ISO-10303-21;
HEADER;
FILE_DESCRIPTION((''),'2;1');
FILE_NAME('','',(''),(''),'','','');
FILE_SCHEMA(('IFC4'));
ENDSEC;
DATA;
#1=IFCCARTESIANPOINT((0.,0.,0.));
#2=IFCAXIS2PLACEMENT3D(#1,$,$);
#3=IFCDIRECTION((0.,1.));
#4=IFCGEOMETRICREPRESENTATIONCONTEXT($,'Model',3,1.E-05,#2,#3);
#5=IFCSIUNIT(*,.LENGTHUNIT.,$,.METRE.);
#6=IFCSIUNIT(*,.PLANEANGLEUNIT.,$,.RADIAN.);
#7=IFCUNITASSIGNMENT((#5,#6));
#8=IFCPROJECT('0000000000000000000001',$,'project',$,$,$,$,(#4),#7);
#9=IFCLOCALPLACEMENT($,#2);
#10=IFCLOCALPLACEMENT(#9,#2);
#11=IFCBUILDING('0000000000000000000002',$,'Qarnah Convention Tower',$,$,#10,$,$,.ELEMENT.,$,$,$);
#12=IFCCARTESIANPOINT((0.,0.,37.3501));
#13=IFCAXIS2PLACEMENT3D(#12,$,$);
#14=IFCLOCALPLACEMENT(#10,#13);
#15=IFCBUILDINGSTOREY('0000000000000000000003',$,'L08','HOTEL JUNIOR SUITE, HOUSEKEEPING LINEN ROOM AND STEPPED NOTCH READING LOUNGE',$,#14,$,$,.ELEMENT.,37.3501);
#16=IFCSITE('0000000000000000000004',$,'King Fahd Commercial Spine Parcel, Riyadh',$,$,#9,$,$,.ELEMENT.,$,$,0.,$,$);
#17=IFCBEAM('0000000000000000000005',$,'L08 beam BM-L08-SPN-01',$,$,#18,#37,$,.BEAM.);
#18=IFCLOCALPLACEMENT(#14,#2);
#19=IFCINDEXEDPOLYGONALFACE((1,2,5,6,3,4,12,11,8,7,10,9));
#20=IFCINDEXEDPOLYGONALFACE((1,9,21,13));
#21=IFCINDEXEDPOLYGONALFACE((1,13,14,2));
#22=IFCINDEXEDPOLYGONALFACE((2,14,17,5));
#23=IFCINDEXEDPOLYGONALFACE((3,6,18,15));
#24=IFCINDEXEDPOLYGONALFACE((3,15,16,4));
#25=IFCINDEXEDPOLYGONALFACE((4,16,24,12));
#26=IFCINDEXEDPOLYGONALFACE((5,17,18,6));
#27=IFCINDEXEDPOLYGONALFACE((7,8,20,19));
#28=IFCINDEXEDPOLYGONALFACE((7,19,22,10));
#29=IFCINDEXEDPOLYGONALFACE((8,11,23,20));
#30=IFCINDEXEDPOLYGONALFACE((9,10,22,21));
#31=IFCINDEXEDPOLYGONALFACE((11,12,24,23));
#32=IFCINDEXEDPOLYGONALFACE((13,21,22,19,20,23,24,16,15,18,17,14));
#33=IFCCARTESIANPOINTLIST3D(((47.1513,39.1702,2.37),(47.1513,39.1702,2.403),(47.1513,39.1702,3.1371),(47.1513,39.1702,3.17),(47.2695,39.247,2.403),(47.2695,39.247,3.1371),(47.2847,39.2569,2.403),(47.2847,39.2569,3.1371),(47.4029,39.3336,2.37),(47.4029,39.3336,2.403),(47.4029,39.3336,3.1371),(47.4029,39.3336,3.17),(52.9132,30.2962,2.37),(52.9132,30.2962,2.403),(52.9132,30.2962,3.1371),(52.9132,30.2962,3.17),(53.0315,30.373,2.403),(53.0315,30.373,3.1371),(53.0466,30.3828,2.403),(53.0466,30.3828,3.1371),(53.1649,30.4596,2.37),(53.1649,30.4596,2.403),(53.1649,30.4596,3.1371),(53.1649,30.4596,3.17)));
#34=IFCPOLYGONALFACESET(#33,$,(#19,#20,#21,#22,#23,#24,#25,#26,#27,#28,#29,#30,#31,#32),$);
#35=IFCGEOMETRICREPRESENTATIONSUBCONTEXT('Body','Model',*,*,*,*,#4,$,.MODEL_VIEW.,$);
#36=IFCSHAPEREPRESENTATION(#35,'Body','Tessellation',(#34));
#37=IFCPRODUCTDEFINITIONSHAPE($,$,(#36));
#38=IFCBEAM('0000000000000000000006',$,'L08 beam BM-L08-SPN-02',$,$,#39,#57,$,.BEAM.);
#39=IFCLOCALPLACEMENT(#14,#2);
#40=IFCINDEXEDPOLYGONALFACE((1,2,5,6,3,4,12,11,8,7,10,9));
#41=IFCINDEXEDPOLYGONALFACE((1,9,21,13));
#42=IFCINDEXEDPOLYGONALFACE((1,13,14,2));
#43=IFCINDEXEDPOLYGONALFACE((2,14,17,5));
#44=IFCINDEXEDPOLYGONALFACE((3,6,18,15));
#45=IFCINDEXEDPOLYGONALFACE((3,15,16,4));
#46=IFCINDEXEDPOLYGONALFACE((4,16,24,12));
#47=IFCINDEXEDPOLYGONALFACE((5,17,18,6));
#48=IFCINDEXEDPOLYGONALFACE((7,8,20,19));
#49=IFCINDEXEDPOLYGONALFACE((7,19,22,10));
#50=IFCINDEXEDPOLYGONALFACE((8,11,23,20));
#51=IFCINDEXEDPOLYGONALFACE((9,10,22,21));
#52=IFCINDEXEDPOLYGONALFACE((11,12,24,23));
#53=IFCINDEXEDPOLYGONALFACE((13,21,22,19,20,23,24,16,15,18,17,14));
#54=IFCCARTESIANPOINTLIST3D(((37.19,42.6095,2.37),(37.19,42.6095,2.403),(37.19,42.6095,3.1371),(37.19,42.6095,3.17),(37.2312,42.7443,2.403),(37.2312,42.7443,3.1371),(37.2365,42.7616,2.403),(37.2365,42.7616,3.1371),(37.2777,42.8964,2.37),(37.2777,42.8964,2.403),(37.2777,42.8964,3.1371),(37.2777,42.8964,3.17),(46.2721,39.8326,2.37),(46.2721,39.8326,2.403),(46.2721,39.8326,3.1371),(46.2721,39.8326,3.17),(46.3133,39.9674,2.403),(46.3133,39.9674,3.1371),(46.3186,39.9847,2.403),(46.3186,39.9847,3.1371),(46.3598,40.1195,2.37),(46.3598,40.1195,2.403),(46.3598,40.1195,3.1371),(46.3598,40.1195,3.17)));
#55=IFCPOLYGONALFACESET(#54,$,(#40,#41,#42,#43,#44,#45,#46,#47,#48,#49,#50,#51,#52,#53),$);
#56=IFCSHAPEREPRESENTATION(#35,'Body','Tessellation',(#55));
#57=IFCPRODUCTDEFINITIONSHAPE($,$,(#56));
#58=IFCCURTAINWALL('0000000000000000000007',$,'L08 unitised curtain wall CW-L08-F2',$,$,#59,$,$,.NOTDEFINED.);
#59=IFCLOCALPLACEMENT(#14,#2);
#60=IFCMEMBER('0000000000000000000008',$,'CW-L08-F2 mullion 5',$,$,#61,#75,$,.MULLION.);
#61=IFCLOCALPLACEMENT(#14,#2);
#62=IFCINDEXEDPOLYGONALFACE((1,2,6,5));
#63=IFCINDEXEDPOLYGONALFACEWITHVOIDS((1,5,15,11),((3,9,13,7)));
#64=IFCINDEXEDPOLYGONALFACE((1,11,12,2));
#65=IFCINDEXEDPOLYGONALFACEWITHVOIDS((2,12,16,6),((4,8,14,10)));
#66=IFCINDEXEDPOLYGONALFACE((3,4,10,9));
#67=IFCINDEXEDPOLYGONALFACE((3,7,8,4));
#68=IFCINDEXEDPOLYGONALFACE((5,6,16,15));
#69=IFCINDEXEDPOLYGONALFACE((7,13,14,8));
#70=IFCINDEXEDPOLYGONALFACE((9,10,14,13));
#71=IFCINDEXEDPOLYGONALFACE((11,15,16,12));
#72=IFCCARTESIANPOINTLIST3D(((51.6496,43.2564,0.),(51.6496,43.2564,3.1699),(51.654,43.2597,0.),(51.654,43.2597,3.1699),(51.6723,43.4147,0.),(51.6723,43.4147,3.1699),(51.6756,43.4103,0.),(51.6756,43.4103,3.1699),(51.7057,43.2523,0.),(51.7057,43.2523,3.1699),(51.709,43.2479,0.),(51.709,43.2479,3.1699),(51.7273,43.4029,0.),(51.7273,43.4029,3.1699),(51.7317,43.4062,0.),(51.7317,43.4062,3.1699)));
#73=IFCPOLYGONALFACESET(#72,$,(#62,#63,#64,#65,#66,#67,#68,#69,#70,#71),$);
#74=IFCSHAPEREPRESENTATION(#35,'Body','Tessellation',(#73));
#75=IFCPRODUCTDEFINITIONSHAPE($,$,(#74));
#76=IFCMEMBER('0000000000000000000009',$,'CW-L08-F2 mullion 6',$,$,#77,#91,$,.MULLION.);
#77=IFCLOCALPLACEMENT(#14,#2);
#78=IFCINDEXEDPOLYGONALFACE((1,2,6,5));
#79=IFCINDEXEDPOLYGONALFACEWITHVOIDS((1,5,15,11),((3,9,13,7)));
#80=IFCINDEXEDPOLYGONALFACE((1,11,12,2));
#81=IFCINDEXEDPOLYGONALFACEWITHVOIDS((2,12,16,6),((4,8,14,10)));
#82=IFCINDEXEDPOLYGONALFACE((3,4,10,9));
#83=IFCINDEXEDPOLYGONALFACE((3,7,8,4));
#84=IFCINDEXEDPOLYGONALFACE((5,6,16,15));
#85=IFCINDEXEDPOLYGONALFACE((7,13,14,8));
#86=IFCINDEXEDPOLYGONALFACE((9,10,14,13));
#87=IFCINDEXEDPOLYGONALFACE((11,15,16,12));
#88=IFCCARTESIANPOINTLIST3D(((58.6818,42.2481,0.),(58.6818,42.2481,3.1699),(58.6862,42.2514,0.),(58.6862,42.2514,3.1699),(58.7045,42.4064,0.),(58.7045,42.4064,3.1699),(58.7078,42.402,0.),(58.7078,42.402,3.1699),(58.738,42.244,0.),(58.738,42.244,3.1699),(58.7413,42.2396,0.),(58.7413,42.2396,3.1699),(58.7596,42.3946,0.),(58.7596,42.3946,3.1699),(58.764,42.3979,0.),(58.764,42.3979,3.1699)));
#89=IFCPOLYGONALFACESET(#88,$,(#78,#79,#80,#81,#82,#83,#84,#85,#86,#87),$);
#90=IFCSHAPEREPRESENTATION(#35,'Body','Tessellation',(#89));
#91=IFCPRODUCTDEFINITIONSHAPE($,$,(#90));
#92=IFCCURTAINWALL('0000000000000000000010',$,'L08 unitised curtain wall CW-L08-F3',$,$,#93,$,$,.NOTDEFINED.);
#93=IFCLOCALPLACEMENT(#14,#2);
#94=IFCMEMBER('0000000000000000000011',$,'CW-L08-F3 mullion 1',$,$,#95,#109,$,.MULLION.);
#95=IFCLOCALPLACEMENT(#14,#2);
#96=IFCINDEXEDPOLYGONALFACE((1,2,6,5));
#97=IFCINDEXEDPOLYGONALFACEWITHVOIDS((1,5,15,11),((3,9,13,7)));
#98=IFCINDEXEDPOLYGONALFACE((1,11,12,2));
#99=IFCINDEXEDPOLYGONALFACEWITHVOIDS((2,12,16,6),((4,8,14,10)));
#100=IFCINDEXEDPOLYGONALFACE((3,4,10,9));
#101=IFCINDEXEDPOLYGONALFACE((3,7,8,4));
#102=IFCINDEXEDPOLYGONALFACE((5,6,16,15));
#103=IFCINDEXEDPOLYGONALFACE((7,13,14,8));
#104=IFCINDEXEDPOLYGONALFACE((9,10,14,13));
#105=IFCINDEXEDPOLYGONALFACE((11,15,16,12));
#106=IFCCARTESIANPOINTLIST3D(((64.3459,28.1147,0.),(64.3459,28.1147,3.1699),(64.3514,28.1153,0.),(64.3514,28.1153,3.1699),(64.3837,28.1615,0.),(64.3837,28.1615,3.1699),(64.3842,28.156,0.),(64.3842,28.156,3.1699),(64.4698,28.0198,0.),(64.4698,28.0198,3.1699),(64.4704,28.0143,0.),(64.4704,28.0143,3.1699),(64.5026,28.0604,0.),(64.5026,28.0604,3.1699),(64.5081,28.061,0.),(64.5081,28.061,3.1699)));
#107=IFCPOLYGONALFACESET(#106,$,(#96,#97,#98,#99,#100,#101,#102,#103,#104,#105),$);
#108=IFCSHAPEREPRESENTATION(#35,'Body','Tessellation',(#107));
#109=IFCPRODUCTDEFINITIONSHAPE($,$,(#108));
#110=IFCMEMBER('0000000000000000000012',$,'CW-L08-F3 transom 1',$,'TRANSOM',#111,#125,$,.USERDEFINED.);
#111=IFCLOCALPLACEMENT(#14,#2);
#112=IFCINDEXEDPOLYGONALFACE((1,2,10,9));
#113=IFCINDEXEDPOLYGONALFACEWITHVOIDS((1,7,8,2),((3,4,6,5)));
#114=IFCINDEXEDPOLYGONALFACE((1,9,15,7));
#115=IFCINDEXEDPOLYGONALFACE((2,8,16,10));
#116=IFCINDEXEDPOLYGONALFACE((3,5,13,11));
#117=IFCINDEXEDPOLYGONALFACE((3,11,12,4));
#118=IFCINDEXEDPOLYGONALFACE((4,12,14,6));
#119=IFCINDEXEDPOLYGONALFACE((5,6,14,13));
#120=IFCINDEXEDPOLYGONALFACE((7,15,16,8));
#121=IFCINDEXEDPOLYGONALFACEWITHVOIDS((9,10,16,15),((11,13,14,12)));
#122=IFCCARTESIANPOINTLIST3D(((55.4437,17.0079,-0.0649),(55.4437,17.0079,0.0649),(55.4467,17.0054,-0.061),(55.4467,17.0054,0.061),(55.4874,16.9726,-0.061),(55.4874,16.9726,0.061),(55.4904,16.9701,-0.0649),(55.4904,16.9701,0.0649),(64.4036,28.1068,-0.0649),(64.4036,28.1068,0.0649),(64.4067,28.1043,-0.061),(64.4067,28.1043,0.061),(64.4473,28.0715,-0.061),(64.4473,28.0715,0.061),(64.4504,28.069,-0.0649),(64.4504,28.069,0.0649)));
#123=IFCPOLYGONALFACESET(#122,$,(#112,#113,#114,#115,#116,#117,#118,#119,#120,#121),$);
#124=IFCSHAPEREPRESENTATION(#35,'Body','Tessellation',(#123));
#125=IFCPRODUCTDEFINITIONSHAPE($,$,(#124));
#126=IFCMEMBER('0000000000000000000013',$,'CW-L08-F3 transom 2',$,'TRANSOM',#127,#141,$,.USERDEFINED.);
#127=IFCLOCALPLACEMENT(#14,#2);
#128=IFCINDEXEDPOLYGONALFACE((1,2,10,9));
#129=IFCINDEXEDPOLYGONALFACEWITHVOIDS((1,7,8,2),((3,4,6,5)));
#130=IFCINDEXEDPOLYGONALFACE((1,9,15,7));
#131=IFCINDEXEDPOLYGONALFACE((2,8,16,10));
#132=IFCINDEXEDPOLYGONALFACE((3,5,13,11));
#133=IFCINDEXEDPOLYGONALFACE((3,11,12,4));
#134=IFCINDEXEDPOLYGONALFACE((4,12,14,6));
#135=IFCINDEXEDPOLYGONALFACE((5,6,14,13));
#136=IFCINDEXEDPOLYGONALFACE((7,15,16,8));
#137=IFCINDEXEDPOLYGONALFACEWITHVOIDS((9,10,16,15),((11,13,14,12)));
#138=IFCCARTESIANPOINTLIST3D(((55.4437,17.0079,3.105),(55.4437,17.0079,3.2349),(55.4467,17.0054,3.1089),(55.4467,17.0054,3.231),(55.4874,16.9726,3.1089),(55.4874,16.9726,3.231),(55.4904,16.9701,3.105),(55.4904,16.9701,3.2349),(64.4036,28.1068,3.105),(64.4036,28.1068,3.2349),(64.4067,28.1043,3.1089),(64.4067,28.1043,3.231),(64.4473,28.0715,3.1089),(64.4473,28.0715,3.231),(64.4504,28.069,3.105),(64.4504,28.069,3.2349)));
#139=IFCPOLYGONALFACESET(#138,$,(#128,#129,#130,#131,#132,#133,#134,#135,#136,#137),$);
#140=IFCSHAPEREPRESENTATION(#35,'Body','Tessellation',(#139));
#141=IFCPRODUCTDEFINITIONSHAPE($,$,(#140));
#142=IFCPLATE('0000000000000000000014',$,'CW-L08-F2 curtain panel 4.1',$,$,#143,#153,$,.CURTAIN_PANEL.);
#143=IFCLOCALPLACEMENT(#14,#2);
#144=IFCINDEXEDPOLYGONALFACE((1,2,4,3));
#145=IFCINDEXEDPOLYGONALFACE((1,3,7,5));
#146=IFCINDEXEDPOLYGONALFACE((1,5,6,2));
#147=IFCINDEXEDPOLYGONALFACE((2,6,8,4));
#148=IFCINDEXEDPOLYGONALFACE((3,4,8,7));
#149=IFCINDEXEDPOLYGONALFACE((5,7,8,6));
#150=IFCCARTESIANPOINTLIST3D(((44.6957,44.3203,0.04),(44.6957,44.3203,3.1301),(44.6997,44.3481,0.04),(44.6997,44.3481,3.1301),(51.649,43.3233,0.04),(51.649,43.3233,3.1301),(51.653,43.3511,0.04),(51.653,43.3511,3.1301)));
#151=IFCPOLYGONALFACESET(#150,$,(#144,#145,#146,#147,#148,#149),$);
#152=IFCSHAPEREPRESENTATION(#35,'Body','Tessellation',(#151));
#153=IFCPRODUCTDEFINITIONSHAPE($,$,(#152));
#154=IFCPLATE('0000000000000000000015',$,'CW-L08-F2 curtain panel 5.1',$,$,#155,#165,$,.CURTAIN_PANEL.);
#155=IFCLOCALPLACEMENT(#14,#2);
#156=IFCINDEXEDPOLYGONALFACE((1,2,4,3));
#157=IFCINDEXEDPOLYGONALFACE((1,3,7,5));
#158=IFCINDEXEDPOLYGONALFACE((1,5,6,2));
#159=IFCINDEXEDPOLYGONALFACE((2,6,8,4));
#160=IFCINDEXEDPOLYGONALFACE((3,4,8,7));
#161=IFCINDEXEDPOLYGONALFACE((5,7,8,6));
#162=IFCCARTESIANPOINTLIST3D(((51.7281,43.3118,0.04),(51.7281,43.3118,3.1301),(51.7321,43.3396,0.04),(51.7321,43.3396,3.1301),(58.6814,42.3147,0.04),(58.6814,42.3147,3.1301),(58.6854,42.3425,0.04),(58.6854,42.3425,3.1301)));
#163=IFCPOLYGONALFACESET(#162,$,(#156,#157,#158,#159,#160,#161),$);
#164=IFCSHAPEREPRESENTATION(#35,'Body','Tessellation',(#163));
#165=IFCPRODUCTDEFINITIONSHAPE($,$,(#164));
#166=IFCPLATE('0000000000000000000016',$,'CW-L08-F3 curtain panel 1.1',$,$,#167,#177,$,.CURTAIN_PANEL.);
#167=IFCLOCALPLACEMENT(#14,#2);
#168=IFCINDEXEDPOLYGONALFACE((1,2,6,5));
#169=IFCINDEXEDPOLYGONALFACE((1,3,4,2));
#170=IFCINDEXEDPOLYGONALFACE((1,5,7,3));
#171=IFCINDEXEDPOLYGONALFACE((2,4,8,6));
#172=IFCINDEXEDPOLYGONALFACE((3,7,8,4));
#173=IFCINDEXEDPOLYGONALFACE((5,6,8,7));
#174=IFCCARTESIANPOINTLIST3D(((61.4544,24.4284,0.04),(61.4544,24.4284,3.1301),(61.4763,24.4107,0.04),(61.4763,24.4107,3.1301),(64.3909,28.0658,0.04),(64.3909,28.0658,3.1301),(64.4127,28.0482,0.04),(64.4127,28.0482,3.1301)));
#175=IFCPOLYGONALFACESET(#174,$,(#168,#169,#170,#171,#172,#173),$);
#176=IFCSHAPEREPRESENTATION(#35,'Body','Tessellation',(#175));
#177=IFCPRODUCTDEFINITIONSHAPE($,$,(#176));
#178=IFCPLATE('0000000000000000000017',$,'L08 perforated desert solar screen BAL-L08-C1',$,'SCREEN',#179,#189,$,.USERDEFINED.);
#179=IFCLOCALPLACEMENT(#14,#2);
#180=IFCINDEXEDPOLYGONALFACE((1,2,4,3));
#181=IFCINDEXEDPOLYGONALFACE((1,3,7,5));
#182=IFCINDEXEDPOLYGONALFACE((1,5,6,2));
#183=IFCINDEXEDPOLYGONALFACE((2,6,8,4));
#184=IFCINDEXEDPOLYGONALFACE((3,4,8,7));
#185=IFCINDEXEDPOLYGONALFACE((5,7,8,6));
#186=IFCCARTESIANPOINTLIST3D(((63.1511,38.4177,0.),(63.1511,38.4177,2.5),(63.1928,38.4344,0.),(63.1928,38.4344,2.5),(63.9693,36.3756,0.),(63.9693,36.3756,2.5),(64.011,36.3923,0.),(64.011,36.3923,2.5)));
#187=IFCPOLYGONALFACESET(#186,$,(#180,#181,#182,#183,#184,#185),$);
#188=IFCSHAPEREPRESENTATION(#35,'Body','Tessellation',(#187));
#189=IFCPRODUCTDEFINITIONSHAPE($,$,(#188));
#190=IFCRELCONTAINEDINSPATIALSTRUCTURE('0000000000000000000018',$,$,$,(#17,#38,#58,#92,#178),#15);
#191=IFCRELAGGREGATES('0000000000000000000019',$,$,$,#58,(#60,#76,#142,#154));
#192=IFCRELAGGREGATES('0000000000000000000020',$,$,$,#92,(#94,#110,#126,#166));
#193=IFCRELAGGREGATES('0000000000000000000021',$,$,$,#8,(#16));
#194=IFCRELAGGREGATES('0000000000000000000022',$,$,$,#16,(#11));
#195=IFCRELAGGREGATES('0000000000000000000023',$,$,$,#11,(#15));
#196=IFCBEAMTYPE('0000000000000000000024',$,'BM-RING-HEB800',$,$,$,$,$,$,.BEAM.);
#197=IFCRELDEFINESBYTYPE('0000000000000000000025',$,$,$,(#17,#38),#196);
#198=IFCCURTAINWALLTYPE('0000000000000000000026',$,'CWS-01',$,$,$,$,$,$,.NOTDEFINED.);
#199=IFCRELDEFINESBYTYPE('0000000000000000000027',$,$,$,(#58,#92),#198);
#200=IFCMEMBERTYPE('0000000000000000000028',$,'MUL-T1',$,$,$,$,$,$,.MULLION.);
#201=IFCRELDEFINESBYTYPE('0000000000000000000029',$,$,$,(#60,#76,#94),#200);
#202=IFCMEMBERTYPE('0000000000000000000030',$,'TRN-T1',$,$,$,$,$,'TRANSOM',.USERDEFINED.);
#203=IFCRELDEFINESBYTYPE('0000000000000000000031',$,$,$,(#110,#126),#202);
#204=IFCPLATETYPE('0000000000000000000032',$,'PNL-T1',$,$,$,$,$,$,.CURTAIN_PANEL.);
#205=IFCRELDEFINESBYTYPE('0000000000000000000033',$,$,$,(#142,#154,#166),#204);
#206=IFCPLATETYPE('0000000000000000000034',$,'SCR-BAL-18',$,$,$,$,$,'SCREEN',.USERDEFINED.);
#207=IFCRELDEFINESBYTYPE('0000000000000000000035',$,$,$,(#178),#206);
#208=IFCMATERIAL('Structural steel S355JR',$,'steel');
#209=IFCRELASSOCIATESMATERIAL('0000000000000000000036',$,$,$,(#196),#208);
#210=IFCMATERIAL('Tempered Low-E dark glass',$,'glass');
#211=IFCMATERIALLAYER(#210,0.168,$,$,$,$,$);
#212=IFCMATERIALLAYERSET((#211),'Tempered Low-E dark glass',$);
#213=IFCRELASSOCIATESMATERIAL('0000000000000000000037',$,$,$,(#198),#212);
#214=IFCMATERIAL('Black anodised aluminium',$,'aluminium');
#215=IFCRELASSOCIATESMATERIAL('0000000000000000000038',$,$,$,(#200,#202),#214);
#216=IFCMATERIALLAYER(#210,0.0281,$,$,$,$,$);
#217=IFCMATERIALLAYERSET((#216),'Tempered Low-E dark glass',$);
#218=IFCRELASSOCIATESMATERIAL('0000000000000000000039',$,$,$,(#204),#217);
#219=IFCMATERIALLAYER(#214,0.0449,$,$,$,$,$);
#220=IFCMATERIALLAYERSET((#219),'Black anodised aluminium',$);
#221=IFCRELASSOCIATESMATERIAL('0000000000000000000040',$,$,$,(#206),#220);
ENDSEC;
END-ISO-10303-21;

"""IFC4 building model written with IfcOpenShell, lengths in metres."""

from ifc_helpers import new_model, si_unit, direction, frame, origin, origin_2d, place, context, subcontext, project, spatial, rectangle, hollow_rectangle, i_section, extrude, material, layer, layer_set, material_profile, profile_set, type_object, element, aggregate, save


model = new_model("IFC4")

# Units and contexts
model_context = context("Model", 3, precision=1e-05, world=origin(), true_north=direction((0.0, 1.0)))
body_context = subcontext(model_context, "Body", "Model", "MODEL_VIEW")
ifc_project = project(units=[si_unit("LENGTHUNIT", "METRE"), si_unit("PLANEANGLEUNIT", "RADIAN")], contexts=[model_context])

# Site, building, storey
site_placement = place(None, origin())
site = spatial("IfcSite", under=ifc_project, at=site_placement, Name="King Fahd Commercial Spine Parcel, Riyadh", CompositionType="ELEMENT", RefElevation=0.0)
building_placement = place(site_placement, origin())
building = spatial("IfcBuilding", under=site, at=building_placement, Name="Qarnah Convention Tower", CompositionType="ELEMENT")
storey_placement = place(building_placement, frame((0.0, 0.0, 37.3501)))
storey = spatial("IfcBuildingStorey", under=building, at=storey_placement, Name="L08", Description="HOTEL JUNIOR SUITE, HOUSEKEEPING LINEN ROOM AND STEPPED NOTCH READING LOUNGE", CompositionType="ELEMENT", Elevation=37.3501)

# Beams
ifc_material_1 = material(Name="Structural steel S355JR", Category="steel")
ifc_material_profile_1 = material_profile(ifc_material_1, i_section(OverallWidth=0.3, OverallDepth=0.8, WebThickness=0.0181, FlangeThickness=0.033, at=origin_2d()), Name="HEB800")
ifc_profile_set_1 = profile_set([ifc_material_profile_1], Name="Structural steel S355JR")
beam_type_1 = type_object("IfcBeamType", Name="BM-RING-HEB800", PredefinedType="BEAM", material=ifc_profile_set_1)
beam_1_placement = place(storey_placement, frame((53.0391, 30.3779, 2.77), z_axis=(-0.54458, 0.838709, 0.0), x_axis=(-0.838709, -0.54458, 0.0)))
element("IfcBeam", 1, at=beam_1_placement, inside=storey, type_object=beam_type_1, Name="L08 beam BM-L08-SPN-01", PredefinedType="BEAM", context=body_context, shape_type="SweptSolid", body=[
    extrude(i_section(OverallWidth=0.3, OverallDepth=0.8, WebThickness=0.0181, FlangeThickness=0.033, at=origin_2d()), origin(), (0.0, 0.0, 1.0), 10.5806),
])
beam_2_placement = place(storey_placement, frame((46.3159, 39.9761, 2.77), z_axis=(-0.956299, 0.292391, 0.0), x_axis=(-0.292391, -0.956299, 0.0)))
element("IfcBeam", 2, at=beam_2_placement, inside=storey, type_object=beam_type_1, Name="L08 beam BM-L08-SPN-02", PredefinedType="BEAM", context=body_context, shape_type="SweptSolid", body=[
    extrude(i_section(OverallWidth=0.3, OverallDepth=0.8, WebThickness=0.0181, FlangeThickness=0.033, at=origin_2d()), origin(), (0.0, 0.0, 1.0), 9.4971),
])

# Curtain walls, members
ifc_material_2 = material(Name="Tempered Low-E dark glass", Category="glass")
ifc_layer_1 = layer(ifc_material_2, 0.168)
ifc_layer_set_1 = layer_set([ifc_layer_1], Name="Tempered Low-E dark glass")
curtain_wall_type = type_object("IfcCurtainWallType", Name="CWS-01", PredefinedType="NOTDEFINED", material=ifc_layer_set_1)
curtain_wall_1_placement = place(storey_placement, origin())
curtain_wall_1 = element("IfcCurtainWall", 3, at=curtain_wall_1_placement, inside=storey, type_object=curtain_wall_type, Name="L08 unitised curtain wall CW-L08-F2", PredefinedType="NOTDEFINED")
ifc_material_3 = material(Name="Black anodised aluminium", Category="aluminium")
ifc_material_profile_2 = material_profile(ifc_material_3, hollow_rectangle(XDim=0.0601, YDim=0.1599, WallThickness=0.0039, at=origin_2d()), Name="MUL-60X160")
ifc_profile_set_2 = profile_set([ifc_material_profile_2], Name="Black anodised aluminium")
member_type_1 = type_object("IfcMemberType", Name="MUL-T1", PredefinedType="MULLION", material=ifc_profile_set_2)
member_1_placement = place(storey_placement, frame((51.6907, 43.3313, 0.0), z_axis=(0.0, 0.0, 1.0), x_axis=(0.989875, -0.141942, 0.0)))
member_1 = element("IfcMember", 4, at=member_1_placement, type_object=member_type_1, Name="CW-L08-F2 mullion 5", PredefinedType="MULLION", context=body_context, shape_type="SweptSolid", body=[
    extrude(hollow_rectangle(XDim=0.0601, YDim=0.1599, WallThickness=0.0039, at=origin_2d()), origin(), (0.0, 0.0, 1.0), 3.1699),
])
member_2_placement = place(storey_placement, frame((58.7229, 42.323, 0.0), z_axis=(0.0, 0.0, 1.0), x_axis=(0.989875, -0.141942, 0.0)))
member_2 = element("IfcMember", 5, at=member_2_placement, type_object=member_type_1, Name="CW-L08-F2 mullion 6", PredefinedType="MULLION", context=body_context, shape_type="SweptSolid", body=[
    extrude(hollow_rectangle(XDim=0.0601, YDim=0.1599, WallThickness=0.0039, at=origin_2d()), origin(), (0.0, 0.0, 1.0), 3.1699),
])
curtain_wall_2_placement = place(storey_placement, origin())
curtain_wall_2 = element("IfcCurtainWall", 6, at=curtain_wall_2_placement, inside=storey, type_object=curtain_wall_type, Name="L08 unitised curtain wall CW-L08-F3", PredefinedType="NOTDEFINED")
member_3_placement = place(storey_placement, frame((64.427, 28.0879, 0.0), z_axis=(0.0, 0.0, 1.0), x_axis=(-0.628143, -0.778098, 0.0)))
member_3 = element("IfcMember", 7, at=member_3_placement, type_object=member_type_1, Name="CW-L08-F3 mullion 1", PredefinedType="MULLION", context=body_context, shape_type="SweptSolid", body=[
    extrude(hollow_rectangle(XDim=0.0601, YDim=0.1599, WallThickness=0.0039, at=origin_2d()), origin(), (0.0, 0.0, 1.0), 3.1699),
])
ifc_material_profile_3 = material_profile(ifc_material_3, hollow_rectangle(XDim=0.0601, YDim=0.1299, WallThickness=0.0039, at=origin_2d()), Name="TRN-60X130")
ifc_profile_set_3 = profile_set([ifc_material_profile_3], Name="Black anodised aluminium")
member_type_2 = type_object("IfcMemberType", Name="TRN-T1", ElementType="TRANSOM", PredefinedType="USERDEFINED", material=ifc_profile_set_3)
member_4_placement = place(storey_placement, frame((64.427, 28.0879, 0.0), z_axis=(-0.628145, -0.778096, 0.0), x_axis=(0.778096, -0.628145, 0.0)))
member_4 = element("IfcMember", 8, at=member_4_placement, type_object=member_type_2, Name="CW-L08-F3 transom 1", ObjectType="TRANSOM", PredefinedType="USERDEFINED", context=body_context, shape_type="SweptSolid", body=[
    extrude(hollow_rectangle(XDim=0.0601, YDim=0.1299, WallThickness=0.0039, at=origin_2d()), origin(), (0.0, 0.0, 1.0), 14.2642),
])
member_5_placement = place(storey_placement, frame((64.427, 28.0879, 3.1699), z_axis=(-0.628145, -0.778096, 0.0), x_axis=(0.778096, -0.628145, 0.0)))
member_5 = element("IfcMember", 9, at=member_5_placement, type_object=member_type_2, Name="CW-L08-F3 transom 2", ObjectType="TRANSOM", PredefinedType="USERDEFINED", context=body_context, shape_type="SweptSolid", body=[
    extrude(hollow_rectangle(XDim=0.0601, YDim=0.1299, WallThickness=0.0039, at=origin_2d()), origin(), (0.0, 0.0, 1.0), 14.2642),
])

# Plates
ifc_layer_2 = layer(ifc_material_2, 0.0281)
ifc_layer_set_2 = layer_set([ifc_layer_2], Name="Tempered Low-E dark glass")
plate_type_1 = type_object("IfcPlateType", Name="PNL-T1", PredefinedType="CURTAIN_PANEL", material=ifc_layer_set_2)
plate_1_placement = place(storey_placement, frame((48.1743, 43.8357, 0.04), z_axis=(0.0, 0.0, 1.0), x_axis=(0.989875, -0.141942, 0.0)))
plate_1 = element("IfcPlate", 10, at=plate_1_placement, type_object=plate_type_1, Name="CW-L08-F2 curtain panel 4.1", PredefinedType="CURTAIN_PANEL", context=body_context, shape_type="SweptSolid", body=[
    extrude(rectangle(XDim=7.0244, YDim=0.0281, at=origin_2d()), origin(), (0.0, 0.0, 1.0), 3.0901),
])
plate_2_placement = place(storey_placement, frame((55.2068, 42.8271, 0.04), z_axis=(0.0, 0.0, 1.0), x_axis=(0.989875, -0.141942, 0.0)))
plate_2 = element("IfcPlate", 11, at=plate_2_placement, type_object=plate_type_1, Name="CW-L08-F2 curtain panel 5.1", PredefinedType="CURTAIN_PANEL", context=body_context, shape_type="SweptSolid", body=[
    extrude(rectangle(XDim=7.0244, YDim=0.0281, at=origin_2d()), origin(), (0.0, 0.0, 1.0), 3.0901),
])
aggregate(curtain_wall_1, [member_1, member_2, plate_1, plate_2])
plate_3_placement = place(storey_placement, frame((62.9336, 26.2383, 0.04), z_axis=(0.0, 0.0, 1.0), x_axis=(-0.628143, -0.778098, 0.0)))
plate_3 = element("IfcPlate", 12, at=plate_3_placement, type_object=plate_type_1, Name="CW-L08-F3 curtain panel 1.1", PredefinedType="CURTAIN_PANEL", context=body_context, shape_type="SweptSolid", body=[
    extrude(rectangle(XDim=4.6748, YDim=0.0281, at=origin_2d()), origin(), (0.0, 0.0, 1.0), 3.0901),
])
aggregate(curtain_wall_2, [member_3, member_4, member_5, plate_3])
ifc_layer_3 = layer(ifc_material_3, 0.0449)
ifc_layer_set_3 = layer_set([ifc_layer_3], Name="Black anodised aluminium")
plate_type_2 = type_object("IfcPlateType", Name="SCR-BAL-18", ElementType="SCREEN", PredefinedType="USERDEFINED", material=ifc_layer_set_3)
plate_4_placement = place(storey_placement, frame((63.5811, 37.405, 0.0), z_axis=(0.0, 0.0, 1.0), x_axis=(0.371953, -0.928252, 0.0)))
element("IfcPlate", 13, at=plate_4_placement, inside=storey, type_object=plate_type_2, Name="L08 perforated desert solar screen BAL-L08-C1", ObjectType="SCREEN", PredefinedType="USERDEFINED", context=body_context, shape_type="SweptSolid", body=[
    extrude(rectangle(XDim=2.2, YDim=0.0449, at=origin_2d()), origin(), (0.0, 0.0, 1.0), 2.5),
])

save(model, "model.ifc")
